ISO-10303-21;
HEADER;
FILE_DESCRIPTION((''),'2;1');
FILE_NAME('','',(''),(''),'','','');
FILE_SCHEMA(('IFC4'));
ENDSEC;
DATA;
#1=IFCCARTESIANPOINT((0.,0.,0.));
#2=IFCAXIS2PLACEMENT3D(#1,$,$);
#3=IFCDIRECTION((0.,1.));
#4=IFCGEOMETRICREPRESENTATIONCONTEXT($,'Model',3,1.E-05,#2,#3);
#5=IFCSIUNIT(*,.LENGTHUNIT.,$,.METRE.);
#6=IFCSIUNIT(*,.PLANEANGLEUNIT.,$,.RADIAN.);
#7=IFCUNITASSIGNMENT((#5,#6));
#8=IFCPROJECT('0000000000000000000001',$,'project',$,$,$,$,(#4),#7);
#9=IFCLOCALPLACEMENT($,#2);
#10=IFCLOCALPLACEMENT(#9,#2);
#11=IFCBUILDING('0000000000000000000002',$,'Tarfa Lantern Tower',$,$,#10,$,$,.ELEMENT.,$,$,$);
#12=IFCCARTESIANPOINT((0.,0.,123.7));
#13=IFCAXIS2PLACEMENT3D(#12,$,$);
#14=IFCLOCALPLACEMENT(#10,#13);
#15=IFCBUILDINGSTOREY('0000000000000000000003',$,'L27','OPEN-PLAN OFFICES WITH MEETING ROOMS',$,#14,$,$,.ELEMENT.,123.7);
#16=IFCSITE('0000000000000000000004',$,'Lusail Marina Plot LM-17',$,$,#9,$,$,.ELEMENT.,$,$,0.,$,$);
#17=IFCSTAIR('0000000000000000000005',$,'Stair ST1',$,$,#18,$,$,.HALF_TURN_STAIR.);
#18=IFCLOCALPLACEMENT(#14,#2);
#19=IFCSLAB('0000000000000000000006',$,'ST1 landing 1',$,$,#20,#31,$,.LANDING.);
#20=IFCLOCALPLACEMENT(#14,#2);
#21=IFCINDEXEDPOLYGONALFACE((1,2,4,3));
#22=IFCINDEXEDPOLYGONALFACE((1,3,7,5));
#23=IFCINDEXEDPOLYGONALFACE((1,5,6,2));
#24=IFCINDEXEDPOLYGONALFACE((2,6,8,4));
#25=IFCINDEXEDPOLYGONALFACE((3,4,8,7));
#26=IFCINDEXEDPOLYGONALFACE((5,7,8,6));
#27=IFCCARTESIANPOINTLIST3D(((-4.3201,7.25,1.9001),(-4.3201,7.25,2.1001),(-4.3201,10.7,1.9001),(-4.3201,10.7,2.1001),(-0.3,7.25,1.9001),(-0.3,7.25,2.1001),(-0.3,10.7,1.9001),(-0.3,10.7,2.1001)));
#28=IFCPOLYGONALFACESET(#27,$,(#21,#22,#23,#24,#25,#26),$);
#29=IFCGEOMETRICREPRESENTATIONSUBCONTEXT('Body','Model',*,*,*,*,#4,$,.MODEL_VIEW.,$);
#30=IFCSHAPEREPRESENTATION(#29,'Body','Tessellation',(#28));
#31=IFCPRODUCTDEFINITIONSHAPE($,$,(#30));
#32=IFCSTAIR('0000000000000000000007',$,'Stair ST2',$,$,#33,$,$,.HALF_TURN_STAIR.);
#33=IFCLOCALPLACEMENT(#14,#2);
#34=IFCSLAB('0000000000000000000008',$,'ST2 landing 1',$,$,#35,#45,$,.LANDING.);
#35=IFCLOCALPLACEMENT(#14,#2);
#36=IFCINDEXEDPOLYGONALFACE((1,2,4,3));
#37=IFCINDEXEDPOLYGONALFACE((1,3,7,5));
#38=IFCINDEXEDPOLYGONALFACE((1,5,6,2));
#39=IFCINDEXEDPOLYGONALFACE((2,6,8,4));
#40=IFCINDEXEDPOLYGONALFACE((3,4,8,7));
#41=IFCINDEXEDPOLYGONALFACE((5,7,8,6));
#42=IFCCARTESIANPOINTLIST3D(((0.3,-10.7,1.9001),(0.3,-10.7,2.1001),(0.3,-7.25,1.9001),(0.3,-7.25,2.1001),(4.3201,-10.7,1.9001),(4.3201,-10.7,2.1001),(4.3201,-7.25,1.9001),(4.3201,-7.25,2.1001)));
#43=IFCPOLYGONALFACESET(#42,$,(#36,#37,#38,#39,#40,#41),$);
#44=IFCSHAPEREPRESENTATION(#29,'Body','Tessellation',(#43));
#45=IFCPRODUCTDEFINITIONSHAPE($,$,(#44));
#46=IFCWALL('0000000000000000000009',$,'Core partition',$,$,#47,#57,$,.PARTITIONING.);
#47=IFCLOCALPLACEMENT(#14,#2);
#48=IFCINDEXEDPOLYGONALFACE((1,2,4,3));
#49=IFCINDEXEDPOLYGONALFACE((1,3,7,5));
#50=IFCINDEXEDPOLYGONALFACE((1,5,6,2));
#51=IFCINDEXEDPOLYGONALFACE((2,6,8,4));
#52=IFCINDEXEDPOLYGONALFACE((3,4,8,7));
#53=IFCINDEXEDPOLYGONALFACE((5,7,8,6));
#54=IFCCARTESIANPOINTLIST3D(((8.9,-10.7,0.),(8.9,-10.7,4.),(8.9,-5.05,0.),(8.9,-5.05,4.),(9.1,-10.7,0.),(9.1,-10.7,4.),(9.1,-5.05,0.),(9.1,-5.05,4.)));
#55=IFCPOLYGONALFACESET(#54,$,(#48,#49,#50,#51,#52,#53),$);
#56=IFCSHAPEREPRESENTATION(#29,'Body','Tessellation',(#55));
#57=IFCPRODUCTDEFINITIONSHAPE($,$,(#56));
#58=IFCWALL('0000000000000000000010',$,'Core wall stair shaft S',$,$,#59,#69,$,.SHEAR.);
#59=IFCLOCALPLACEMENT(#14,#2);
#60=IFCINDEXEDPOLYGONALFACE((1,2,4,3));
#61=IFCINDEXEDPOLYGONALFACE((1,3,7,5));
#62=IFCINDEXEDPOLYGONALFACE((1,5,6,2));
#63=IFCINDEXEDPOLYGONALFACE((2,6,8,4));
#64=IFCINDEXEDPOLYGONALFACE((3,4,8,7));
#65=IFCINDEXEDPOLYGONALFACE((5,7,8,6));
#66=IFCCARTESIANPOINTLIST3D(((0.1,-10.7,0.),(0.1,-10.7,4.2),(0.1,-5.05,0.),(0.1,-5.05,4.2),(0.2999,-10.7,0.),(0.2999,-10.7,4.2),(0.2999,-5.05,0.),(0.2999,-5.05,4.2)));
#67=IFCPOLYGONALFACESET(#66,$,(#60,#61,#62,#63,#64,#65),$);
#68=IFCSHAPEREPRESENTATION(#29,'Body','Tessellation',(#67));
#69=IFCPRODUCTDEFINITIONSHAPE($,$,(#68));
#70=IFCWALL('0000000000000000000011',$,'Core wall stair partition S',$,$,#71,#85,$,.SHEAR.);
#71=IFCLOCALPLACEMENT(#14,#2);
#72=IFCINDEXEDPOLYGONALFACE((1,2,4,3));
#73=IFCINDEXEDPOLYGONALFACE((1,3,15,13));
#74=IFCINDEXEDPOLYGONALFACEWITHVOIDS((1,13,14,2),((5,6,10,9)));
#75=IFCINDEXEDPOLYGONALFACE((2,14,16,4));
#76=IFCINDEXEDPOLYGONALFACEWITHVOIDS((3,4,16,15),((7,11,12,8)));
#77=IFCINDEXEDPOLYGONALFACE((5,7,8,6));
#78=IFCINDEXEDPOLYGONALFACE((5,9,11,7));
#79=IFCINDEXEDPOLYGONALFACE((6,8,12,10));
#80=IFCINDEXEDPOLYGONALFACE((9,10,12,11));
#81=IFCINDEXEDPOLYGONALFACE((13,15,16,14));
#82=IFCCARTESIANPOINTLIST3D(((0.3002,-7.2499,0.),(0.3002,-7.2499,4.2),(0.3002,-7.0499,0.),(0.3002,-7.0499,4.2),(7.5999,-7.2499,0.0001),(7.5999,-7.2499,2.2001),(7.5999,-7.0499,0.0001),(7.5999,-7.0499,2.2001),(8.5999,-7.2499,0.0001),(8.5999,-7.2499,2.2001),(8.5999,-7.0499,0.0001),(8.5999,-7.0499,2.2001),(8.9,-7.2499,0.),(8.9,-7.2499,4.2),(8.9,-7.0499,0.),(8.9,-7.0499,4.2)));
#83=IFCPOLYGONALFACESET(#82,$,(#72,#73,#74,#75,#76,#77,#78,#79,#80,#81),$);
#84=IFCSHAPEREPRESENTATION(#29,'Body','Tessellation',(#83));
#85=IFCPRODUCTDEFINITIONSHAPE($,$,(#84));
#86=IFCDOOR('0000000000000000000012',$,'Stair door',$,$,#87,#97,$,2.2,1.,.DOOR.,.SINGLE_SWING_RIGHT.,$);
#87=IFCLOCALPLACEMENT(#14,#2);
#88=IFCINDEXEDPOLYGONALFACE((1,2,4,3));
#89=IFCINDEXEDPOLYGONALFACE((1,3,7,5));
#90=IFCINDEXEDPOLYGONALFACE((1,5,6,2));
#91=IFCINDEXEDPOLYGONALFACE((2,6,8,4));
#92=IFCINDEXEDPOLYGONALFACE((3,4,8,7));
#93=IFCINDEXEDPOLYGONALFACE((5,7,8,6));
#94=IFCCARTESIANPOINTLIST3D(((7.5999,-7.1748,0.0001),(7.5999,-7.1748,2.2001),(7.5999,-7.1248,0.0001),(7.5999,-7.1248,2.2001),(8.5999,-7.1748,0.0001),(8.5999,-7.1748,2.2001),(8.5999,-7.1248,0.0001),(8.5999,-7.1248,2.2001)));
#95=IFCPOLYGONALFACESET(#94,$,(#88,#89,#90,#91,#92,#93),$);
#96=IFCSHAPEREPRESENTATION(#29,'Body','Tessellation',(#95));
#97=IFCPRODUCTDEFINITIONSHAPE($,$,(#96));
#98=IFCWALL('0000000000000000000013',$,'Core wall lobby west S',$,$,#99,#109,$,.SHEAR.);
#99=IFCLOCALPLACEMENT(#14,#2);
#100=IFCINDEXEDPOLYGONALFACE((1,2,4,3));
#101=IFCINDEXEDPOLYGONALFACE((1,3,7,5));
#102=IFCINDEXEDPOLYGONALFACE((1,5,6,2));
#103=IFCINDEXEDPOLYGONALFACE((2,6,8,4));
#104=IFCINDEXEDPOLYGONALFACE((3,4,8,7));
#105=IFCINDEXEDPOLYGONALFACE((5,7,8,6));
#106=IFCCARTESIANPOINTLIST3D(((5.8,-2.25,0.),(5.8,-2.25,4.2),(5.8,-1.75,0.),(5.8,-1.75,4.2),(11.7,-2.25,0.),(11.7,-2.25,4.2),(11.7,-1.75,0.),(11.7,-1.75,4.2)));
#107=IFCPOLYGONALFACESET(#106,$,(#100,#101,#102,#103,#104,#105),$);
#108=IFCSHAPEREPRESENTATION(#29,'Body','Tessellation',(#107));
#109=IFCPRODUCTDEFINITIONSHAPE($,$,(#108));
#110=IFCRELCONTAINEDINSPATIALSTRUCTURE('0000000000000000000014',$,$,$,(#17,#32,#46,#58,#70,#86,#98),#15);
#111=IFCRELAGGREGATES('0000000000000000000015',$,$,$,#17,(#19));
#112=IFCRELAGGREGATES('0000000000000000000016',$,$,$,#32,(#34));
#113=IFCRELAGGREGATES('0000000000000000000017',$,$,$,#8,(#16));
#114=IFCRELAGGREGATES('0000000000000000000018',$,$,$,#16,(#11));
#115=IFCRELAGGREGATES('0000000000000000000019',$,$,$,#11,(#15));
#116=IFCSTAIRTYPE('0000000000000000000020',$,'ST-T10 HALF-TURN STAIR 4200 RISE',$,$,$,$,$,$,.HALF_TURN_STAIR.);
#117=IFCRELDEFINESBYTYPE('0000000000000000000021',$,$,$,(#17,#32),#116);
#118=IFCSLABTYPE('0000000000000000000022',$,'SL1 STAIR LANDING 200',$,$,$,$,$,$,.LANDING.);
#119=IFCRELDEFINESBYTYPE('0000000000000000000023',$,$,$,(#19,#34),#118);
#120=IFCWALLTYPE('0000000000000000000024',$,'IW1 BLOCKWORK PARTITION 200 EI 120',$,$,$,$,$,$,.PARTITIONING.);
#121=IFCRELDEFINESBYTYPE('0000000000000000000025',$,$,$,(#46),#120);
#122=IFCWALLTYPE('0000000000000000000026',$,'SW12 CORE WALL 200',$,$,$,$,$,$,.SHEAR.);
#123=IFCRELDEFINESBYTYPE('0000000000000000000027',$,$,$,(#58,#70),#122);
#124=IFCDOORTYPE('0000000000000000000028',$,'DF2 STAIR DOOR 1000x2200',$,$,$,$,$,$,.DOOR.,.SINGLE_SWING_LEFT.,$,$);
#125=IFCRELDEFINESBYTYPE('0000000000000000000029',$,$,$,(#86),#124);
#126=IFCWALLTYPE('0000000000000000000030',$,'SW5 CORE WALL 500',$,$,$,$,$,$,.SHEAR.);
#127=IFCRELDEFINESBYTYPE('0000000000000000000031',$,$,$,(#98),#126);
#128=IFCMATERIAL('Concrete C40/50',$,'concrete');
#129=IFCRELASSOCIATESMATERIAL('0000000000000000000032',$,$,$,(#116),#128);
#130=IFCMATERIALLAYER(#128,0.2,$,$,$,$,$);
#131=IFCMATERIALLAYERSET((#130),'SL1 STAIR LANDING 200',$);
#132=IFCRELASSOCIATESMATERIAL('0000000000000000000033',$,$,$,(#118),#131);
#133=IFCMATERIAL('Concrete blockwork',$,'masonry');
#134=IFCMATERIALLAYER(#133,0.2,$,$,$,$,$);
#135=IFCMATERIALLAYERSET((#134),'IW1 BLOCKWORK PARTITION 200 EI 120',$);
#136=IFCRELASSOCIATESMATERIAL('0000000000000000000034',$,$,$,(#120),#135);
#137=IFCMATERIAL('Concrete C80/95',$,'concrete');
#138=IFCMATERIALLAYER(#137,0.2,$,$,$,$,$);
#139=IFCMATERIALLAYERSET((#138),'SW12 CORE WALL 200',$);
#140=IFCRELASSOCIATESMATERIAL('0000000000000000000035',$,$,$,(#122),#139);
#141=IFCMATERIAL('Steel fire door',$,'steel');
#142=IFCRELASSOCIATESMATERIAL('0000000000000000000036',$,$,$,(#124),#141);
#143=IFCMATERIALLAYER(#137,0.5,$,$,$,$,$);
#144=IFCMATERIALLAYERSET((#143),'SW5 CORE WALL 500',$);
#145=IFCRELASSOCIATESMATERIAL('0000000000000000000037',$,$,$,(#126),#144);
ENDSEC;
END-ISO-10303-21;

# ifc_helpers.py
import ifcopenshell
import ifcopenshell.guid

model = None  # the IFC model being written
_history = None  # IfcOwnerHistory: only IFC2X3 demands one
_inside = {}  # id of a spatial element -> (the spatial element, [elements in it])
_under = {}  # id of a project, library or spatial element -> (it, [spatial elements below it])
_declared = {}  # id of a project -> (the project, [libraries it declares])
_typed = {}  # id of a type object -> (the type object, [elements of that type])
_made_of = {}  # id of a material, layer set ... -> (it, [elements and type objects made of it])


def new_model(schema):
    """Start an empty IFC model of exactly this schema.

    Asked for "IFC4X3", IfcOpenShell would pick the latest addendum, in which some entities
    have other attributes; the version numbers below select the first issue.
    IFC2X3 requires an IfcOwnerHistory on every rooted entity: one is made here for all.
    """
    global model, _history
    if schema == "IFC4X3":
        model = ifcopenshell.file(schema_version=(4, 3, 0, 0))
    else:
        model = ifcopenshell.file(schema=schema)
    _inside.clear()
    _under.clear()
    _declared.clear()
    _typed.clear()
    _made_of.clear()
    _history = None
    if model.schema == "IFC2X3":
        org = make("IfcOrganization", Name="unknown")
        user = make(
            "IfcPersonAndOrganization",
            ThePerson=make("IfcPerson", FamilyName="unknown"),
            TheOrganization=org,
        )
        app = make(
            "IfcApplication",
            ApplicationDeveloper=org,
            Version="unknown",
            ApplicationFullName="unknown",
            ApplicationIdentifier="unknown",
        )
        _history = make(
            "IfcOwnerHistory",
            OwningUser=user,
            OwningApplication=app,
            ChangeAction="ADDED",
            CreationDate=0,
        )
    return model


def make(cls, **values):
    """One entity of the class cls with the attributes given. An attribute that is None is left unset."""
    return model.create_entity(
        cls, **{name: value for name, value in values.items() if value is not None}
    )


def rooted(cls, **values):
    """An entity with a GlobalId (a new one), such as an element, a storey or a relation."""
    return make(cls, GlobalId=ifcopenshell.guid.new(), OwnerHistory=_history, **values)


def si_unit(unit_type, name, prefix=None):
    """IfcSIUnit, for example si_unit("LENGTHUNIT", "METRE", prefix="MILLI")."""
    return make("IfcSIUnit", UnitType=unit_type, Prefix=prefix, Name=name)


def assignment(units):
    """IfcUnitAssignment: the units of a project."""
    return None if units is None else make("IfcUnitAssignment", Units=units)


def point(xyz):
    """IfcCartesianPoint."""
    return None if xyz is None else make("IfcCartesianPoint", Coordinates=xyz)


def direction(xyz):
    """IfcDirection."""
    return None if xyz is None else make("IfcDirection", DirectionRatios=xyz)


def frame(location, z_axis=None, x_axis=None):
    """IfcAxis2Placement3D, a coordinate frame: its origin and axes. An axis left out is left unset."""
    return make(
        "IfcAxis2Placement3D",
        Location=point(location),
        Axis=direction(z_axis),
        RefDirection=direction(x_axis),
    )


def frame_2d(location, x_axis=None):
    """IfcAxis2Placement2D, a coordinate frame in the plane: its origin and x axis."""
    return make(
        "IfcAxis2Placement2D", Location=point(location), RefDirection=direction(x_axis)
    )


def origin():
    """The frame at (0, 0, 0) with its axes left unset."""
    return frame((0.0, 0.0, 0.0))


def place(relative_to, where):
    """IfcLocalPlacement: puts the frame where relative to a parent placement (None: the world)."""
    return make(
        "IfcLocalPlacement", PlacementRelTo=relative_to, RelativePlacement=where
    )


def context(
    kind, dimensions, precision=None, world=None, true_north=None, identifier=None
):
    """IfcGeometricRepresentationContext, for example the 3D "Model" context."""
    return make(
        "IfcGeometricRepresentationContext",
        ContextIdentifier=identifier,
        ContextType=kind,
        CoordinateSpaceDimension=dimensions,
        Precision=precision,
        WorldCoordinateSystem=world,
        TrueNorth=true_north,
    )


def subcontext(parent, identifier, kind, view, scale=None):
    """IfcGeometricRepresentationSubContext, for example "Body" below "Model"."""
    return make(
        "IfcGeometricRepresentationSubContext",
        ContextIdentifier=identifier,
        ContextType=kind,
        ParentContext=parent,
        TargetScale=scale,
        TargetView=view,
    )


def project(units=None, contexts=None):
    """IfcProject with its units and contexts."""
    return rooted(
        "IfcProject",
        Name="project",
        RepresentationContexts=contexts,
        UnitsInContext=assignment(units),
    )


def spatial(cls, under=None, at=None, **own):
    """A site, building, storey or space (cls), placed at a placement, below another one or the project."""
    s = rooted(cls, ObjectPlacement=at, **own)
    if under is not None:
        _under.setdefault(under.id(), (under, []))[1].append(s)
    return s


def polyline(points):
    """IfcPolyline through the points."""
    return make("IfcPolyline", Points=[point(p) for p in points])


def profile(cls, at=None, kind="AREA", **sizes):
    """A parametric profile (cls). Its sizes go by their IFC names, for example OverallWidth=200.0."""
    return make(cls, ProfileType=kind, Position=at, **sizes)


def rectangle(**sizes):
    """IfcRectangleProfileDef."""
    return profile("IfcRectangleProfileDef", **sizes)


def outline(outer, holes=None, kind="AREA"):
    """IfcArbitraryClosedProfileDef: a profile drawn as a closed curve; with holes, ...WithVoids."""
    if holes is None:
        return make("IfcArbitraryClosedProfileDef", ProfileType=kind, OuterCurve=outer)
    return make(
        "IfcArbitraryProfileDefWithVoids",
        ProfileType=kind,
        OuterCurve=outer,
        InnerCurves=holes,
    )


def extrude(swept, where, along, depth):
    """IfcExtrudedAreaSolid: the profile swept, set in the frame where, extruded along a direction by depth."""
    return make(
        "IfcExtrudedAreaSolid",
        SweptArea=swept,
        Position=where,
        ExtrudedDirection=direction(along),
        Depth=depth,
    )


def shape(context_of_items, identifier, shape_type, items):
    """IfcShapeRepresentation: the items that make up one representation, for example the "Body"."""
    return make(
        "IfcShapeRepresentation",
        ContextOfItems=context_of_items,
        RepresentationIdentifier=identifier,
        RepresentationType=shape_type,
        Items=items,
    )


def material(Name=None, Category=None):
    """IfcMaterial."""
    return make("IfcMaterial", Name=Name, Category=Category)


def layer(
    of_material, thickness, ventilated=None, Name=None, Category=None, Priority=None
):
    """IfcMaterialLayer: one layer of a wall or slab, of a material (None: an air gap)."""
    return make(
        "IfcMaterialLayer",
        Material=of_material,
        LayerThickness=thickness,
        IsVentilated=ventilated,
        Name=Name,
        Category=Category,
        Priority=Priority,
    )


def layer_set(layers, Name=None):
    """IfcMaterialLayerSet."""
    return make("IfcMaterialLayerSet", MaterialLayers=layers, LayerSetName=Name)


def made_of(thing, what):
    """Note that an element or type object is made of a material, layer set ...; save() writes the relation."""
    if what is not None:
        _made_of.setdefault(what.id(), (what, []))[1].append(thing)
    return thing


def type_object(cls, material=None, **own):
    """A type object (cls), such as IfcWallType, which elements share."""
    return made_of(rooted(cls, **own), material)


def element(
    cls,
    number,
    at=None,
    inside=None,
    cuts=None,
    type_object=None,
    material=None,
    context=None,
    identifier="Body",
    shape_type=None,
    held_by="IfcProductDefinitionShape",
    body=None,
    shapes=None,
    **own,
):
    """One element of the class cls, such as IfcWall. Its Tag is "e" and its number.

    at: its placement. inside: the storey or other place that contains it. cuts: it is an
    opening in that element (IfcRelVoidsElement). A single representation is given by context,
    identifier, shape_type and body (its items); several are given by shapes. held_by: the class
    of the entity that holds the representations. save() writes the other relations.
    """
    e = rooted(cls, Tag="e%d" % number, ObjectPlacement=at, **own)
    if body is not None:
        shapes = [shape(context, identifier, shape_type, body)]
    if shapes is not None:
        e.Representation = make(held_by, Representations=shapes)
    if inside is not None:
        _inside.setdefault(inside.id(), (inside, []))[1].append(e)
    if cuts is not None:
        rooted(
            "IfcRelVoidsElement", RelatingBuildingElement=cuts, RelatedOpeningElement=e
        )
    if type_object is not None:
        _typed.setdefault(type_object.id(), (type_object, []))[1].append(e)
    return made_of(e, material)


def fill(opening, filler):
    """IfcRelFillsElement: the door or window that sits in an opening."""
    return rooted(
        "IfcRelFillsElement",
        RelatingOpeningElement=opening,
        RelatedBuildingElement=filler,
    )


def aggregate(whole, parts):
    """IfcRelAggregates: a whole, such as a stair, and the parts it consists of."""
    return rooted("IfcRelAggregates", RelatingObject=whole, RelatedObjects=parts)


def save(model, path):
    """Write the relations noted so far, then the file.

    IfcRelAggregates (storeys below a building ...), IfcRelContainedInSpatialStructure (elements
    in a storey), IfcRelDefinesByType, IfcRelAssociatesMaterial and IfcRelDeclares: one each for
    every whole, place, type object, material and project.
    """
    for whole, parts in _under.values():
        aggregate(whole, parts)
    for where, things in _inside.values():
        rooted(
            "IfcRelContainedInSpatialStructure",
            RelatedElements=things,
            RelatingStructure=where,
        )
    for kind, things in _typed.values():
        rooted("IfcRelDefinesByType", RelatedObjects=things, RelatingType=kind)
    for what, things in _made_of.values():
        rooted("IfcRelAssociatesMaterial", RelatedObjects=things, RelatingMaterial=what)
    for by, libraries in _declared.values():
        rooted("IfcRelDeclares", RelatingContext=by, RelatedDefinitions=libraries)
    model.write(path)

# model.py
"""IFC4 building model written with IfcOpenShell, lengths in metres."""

from ifc_helpers import new_model, si_unit, direction, frame, frame_2d, origin, place, context, subcontext, project, spatial, polyline, rectangle, outline, extrude, material, layer, layer_set, type_object, element, fill, aggregate, save


model = new_model("IFC4")

# Units and contexts
model_context = context("Model", 3, precision=1e-05, world=origin(), true_north=direction((0.0, 1.0)))
body_context = subcontext(model_context, "Body", "Model", "MODEL_VIEW")
ifc_project = project(units=[si_unit("LENGTHUNIT", "METRE"), si_unit("PLANEANGLEUNIT", "RADIAN")], contexts=[model_context])

# Site, building, storey
site_placement = place(None, origin())
site = spatial("IfcSite", under=ifc_project, at=site_placement, Name="Lusail Marina Plot LM-17", CompositionType="ELEMENT", RefElevation=0.0)
building_placement = place(site_placement, origin())
building = spatial("IfcBuilding", under=site, at=building_placement, Name="Tarfa Lantern Tower", CompositionType="ELEMENT")
storey_placement = place(building_placement, frame((0.0, 0.0, 123.7)))
storey = spatial("IfcBuildingStorey", under=building, at=storey_placement, Name="L27", Description="OPEN-PLAN OFFICES WITH MEETING ROOMS", CompositionType="ELEMENT", Elevation=123.7)

# Stairs, slabs
ifc_material_1 = material(Name="Concrete C40/50", Category="concrete")
stair_type = type_object("IfcStairType", Name="ST-T10 HALF-TURN STAIR 4200 RISE", PredefinedType="HALF_TURN_STAIR", material=ifc_material_1)
stair_1_placement = place(storey_placement, origin())
stair_1 = element("IfcStair", 1, at=stair_1_placement, inside=storey, type_object=stair_type, Name="Stair ST1", PredefinedType="HALF_TURN_STAIR")
ifc_layer_1 = layer(ifc_material_1, 0.2)
ifc_layer_set_1 = layer_set([ifc_layer_1], Name="SL1 STAIR LANDING 200")
slab_type = type_object("IfcSlabType", Name="SL1 STAIR LANDING 200", PredefinedType="LANDING", material=ifc_layer_set_1)
slab_1_placement = place(storey_placement, frame((0.0, 0.0, 1.9001)))
slab_1 = element("IfcSlab", 2, at=slab_1_placement, type_object=slab_type, Name="ST1 landing 1", PredefinedType="LANDING", context=body_context, shape_type="SweptSolid", body=[
    extrude(outline(polyline([(-4.3201, 7.25), (-0.3, 7.25), (-0.3, 10.7), (-4.3201, 10.7), (-4.3201, 7.25)])), origin(), (0.0, 0.0, 1.0), 0.2),
])
aggregate(stair_1, [slab_1])
stair_2_placement = place(storey_placement, origin())
stair_2 = element("IfcStair", 3, at=stair_2_placement, inside=storey, type_object=stair_type, Name="Stair ST2", PredefinedType="HALF_TURN_STAIR")
slab_2_placement = place(storey_placement, frame((0.0, 0.0, 1.9001)))
slab_2 = element("IfcSlab", 4, at=slab_2_placement, type_object=slab_type, Name="ST2 landing 1", PredefinedType="LANDING", context=body_context, shape_type="SweptSolid", body=[
    extrude(outline(polyline([(4.3201, -7.25), (0.3, -7.25), (0.3, -10.7), (4.3201, -10.7), (4.3201, -7.25)])), origin(), (0.0, 0.0, 1.0), 0.2),
])
aggregate(stair_2, [slab_2])

# Walls
ifc_material_2 = material(Name="Concrete blockwork", Category="masonry")
ifc_layer_2 = layer(ifc_material_2, 0.2)
ifc_layer_set_2 = layer_set([ifc_layer_2], Name="IW1 BLOCKWORK PARTITION 200 EI 120")
wall_type_1 = type_object("IfcWallType", Name="IW1 BLOCKWORK PARTITION 200 EI 120", PredefinedType="PARTITIONING", material=ifc_layer_set_2)
wall_1_placement = place(storey_placement, frame((9.0, -5.05, 0.0), z_axis=(0.0, 0.0, 1.0), x_axis=(0.0, -1.0, 0.0)))
element("IfcWall", 5, at=wall_1_placement, inside=storey, type_object=wall_type_1, Name="Core partition", PredefinedType="PARTITIONING", context=body_context, shape_type="SweptSolid", body=[
    extrude(rectangle(XDim=5.6499, YDim=0.2, at=frame_2d((2.825, 0.0))), origin(), (0.0, 0.0, 1.0), 4.0),
])
ifc_material_3 = material(Name="Concrete C80/95", Category="concrete")
ifc_layer_3 = layer(ifc_material_3, 0.2)
ifc_layer_set_3 = layer_set([ifc_layer_3], Name="SW12 CORE WALL 200")
wall_type_2 = type_object("IfcWallType", Name="SW12 CORE WALL 200", PredefinedType="SHEAR", material=ifc_layer_set_3)
wall_2_placement = place(storey_placement, frame((0.2, -5.05, 0.0), z_axis=(0.0, 0.0, 1.0), x_axis=(0.0, -1.0, 0.0)))
element("IfcWall", 6, at=wall_2_placement, inside=storey, type_object=wall_type_2, Name="Core wall stair shaft S", PredefinedType="SHEAR", context=body_context, shape_type="SweptSolid", body=[
    extrude(rectangle(XDim=5.6499, YDim=0.2, at=frame_2d((2.825, 0.0))), origin(), (0.0, 0.0, 1.0), 4.2),
])

# Wall, opening, door
wall_3_placement = place(storey_placement, frame((8.8999, -7.1499, 0.0), z_axis=(0.0, 0.0, 1.0), x_axis=(-1.0, 0.0, 0.0)))
wall_3 = element("IfcWall", 7, at=wall_3_placement, inside=storey, type_object=wall_type_2, Name="Core wall stair partition S", PredefinedType="SHEAR", context=body_context, shape_type="SweptSolid", body=[
    extrude(rectangle(XDim=8.5999, YDim=0.2, at=frame_2d((4.2998, 0.0))), origin(), (0.0, 0.0, 1.0), 4.2),
])
opening_1_placement = place(wall_3_placement, frame((0.3, 0.0, 0.0)))
opening_1 = element("IfcOpeningElement", 8, at=opening_1_placement, cuts=wall_3, PredefinedType="OPENING", context=body_context, shape_type="SweptSolid", body=[
    extrude(rectangle(XDim=1.0, YDim=2.2, at=frame_2d((0.5, 1.1001))), frame((0.0, 0.1099, 0.0), z_axis=(0.0, -1.0, 0.0), x_axis=(1.0, 0.0, 0.0)), (0.0, 0.0, 1.0), 0.22),
])
ifc_material_4 = material(Name="Steel fire door", Category="steel")
door_type_1 = type_object("IfcDoorType", Name="DF2 STAIR DOOR 1000x2200", OperationType="SINGLE_SWING_LEFT", PredefinedType="DOOR", material=ifc_material_4)
door_1_placement = place(opening_1_placement, origin())
door_1 = element("IfcDoor", 9, at=door_1_placement, inside=storey, type_object=door_type_1, Name="Stair door", OperationType="SINGLE_SWING_RIGHT", OverallHeight=2.2, OverallWidth=1.0, PredefinedType="DOOR", context=body_context, shape_type="SweptSolid", body=[
    extrude(rectangle(XDim=1.0, YDim=2.2, at=frame_2d((0.5, 1.1001))), frame((0.0, 0.0249, 0.0), z_axis=(0.0, -1.0, 0.0), x_axis=(1.0, 0.0, 0.0)), (0.0, 0.0, 1.0), 0.05),
])
fill(opening_1, door_1)

# Wall
ifc_layer_4 = layer(ifc_material_3, 0.5)
ifc_layer_set_4 = layer_set([ifc_layer_4], Name="SW5 CORE WALL 500")
wall_type_3 = type_object("IfcWallType", Name="SW5 CORE WALL 500", PredefinedType="SHEAR", material=ifc_layer_set_4)
wall_4_placement = place(storey_placement, frame((11.7, -2.0, 0.0), z_axis=(0.0, 0.0, 1.0), x_axis=(-1.0, 0.0, 0.0)))
element("IfcWall", 10, at=wall_4_placement, inside=storey, type_object=wall_type_3, Name="Core wall lobby west S", PredefinedType="SHEAR", context=body_context, shape_type="SweptSolid", body=[
    extrude(rectangle(XDim=5.8999, YDim=0.5, at=frame_2d((2.95, 0.0))), origin(), (0.0, 0.0, 1.0), 4.2),
])

save(model, "model.ifc")
